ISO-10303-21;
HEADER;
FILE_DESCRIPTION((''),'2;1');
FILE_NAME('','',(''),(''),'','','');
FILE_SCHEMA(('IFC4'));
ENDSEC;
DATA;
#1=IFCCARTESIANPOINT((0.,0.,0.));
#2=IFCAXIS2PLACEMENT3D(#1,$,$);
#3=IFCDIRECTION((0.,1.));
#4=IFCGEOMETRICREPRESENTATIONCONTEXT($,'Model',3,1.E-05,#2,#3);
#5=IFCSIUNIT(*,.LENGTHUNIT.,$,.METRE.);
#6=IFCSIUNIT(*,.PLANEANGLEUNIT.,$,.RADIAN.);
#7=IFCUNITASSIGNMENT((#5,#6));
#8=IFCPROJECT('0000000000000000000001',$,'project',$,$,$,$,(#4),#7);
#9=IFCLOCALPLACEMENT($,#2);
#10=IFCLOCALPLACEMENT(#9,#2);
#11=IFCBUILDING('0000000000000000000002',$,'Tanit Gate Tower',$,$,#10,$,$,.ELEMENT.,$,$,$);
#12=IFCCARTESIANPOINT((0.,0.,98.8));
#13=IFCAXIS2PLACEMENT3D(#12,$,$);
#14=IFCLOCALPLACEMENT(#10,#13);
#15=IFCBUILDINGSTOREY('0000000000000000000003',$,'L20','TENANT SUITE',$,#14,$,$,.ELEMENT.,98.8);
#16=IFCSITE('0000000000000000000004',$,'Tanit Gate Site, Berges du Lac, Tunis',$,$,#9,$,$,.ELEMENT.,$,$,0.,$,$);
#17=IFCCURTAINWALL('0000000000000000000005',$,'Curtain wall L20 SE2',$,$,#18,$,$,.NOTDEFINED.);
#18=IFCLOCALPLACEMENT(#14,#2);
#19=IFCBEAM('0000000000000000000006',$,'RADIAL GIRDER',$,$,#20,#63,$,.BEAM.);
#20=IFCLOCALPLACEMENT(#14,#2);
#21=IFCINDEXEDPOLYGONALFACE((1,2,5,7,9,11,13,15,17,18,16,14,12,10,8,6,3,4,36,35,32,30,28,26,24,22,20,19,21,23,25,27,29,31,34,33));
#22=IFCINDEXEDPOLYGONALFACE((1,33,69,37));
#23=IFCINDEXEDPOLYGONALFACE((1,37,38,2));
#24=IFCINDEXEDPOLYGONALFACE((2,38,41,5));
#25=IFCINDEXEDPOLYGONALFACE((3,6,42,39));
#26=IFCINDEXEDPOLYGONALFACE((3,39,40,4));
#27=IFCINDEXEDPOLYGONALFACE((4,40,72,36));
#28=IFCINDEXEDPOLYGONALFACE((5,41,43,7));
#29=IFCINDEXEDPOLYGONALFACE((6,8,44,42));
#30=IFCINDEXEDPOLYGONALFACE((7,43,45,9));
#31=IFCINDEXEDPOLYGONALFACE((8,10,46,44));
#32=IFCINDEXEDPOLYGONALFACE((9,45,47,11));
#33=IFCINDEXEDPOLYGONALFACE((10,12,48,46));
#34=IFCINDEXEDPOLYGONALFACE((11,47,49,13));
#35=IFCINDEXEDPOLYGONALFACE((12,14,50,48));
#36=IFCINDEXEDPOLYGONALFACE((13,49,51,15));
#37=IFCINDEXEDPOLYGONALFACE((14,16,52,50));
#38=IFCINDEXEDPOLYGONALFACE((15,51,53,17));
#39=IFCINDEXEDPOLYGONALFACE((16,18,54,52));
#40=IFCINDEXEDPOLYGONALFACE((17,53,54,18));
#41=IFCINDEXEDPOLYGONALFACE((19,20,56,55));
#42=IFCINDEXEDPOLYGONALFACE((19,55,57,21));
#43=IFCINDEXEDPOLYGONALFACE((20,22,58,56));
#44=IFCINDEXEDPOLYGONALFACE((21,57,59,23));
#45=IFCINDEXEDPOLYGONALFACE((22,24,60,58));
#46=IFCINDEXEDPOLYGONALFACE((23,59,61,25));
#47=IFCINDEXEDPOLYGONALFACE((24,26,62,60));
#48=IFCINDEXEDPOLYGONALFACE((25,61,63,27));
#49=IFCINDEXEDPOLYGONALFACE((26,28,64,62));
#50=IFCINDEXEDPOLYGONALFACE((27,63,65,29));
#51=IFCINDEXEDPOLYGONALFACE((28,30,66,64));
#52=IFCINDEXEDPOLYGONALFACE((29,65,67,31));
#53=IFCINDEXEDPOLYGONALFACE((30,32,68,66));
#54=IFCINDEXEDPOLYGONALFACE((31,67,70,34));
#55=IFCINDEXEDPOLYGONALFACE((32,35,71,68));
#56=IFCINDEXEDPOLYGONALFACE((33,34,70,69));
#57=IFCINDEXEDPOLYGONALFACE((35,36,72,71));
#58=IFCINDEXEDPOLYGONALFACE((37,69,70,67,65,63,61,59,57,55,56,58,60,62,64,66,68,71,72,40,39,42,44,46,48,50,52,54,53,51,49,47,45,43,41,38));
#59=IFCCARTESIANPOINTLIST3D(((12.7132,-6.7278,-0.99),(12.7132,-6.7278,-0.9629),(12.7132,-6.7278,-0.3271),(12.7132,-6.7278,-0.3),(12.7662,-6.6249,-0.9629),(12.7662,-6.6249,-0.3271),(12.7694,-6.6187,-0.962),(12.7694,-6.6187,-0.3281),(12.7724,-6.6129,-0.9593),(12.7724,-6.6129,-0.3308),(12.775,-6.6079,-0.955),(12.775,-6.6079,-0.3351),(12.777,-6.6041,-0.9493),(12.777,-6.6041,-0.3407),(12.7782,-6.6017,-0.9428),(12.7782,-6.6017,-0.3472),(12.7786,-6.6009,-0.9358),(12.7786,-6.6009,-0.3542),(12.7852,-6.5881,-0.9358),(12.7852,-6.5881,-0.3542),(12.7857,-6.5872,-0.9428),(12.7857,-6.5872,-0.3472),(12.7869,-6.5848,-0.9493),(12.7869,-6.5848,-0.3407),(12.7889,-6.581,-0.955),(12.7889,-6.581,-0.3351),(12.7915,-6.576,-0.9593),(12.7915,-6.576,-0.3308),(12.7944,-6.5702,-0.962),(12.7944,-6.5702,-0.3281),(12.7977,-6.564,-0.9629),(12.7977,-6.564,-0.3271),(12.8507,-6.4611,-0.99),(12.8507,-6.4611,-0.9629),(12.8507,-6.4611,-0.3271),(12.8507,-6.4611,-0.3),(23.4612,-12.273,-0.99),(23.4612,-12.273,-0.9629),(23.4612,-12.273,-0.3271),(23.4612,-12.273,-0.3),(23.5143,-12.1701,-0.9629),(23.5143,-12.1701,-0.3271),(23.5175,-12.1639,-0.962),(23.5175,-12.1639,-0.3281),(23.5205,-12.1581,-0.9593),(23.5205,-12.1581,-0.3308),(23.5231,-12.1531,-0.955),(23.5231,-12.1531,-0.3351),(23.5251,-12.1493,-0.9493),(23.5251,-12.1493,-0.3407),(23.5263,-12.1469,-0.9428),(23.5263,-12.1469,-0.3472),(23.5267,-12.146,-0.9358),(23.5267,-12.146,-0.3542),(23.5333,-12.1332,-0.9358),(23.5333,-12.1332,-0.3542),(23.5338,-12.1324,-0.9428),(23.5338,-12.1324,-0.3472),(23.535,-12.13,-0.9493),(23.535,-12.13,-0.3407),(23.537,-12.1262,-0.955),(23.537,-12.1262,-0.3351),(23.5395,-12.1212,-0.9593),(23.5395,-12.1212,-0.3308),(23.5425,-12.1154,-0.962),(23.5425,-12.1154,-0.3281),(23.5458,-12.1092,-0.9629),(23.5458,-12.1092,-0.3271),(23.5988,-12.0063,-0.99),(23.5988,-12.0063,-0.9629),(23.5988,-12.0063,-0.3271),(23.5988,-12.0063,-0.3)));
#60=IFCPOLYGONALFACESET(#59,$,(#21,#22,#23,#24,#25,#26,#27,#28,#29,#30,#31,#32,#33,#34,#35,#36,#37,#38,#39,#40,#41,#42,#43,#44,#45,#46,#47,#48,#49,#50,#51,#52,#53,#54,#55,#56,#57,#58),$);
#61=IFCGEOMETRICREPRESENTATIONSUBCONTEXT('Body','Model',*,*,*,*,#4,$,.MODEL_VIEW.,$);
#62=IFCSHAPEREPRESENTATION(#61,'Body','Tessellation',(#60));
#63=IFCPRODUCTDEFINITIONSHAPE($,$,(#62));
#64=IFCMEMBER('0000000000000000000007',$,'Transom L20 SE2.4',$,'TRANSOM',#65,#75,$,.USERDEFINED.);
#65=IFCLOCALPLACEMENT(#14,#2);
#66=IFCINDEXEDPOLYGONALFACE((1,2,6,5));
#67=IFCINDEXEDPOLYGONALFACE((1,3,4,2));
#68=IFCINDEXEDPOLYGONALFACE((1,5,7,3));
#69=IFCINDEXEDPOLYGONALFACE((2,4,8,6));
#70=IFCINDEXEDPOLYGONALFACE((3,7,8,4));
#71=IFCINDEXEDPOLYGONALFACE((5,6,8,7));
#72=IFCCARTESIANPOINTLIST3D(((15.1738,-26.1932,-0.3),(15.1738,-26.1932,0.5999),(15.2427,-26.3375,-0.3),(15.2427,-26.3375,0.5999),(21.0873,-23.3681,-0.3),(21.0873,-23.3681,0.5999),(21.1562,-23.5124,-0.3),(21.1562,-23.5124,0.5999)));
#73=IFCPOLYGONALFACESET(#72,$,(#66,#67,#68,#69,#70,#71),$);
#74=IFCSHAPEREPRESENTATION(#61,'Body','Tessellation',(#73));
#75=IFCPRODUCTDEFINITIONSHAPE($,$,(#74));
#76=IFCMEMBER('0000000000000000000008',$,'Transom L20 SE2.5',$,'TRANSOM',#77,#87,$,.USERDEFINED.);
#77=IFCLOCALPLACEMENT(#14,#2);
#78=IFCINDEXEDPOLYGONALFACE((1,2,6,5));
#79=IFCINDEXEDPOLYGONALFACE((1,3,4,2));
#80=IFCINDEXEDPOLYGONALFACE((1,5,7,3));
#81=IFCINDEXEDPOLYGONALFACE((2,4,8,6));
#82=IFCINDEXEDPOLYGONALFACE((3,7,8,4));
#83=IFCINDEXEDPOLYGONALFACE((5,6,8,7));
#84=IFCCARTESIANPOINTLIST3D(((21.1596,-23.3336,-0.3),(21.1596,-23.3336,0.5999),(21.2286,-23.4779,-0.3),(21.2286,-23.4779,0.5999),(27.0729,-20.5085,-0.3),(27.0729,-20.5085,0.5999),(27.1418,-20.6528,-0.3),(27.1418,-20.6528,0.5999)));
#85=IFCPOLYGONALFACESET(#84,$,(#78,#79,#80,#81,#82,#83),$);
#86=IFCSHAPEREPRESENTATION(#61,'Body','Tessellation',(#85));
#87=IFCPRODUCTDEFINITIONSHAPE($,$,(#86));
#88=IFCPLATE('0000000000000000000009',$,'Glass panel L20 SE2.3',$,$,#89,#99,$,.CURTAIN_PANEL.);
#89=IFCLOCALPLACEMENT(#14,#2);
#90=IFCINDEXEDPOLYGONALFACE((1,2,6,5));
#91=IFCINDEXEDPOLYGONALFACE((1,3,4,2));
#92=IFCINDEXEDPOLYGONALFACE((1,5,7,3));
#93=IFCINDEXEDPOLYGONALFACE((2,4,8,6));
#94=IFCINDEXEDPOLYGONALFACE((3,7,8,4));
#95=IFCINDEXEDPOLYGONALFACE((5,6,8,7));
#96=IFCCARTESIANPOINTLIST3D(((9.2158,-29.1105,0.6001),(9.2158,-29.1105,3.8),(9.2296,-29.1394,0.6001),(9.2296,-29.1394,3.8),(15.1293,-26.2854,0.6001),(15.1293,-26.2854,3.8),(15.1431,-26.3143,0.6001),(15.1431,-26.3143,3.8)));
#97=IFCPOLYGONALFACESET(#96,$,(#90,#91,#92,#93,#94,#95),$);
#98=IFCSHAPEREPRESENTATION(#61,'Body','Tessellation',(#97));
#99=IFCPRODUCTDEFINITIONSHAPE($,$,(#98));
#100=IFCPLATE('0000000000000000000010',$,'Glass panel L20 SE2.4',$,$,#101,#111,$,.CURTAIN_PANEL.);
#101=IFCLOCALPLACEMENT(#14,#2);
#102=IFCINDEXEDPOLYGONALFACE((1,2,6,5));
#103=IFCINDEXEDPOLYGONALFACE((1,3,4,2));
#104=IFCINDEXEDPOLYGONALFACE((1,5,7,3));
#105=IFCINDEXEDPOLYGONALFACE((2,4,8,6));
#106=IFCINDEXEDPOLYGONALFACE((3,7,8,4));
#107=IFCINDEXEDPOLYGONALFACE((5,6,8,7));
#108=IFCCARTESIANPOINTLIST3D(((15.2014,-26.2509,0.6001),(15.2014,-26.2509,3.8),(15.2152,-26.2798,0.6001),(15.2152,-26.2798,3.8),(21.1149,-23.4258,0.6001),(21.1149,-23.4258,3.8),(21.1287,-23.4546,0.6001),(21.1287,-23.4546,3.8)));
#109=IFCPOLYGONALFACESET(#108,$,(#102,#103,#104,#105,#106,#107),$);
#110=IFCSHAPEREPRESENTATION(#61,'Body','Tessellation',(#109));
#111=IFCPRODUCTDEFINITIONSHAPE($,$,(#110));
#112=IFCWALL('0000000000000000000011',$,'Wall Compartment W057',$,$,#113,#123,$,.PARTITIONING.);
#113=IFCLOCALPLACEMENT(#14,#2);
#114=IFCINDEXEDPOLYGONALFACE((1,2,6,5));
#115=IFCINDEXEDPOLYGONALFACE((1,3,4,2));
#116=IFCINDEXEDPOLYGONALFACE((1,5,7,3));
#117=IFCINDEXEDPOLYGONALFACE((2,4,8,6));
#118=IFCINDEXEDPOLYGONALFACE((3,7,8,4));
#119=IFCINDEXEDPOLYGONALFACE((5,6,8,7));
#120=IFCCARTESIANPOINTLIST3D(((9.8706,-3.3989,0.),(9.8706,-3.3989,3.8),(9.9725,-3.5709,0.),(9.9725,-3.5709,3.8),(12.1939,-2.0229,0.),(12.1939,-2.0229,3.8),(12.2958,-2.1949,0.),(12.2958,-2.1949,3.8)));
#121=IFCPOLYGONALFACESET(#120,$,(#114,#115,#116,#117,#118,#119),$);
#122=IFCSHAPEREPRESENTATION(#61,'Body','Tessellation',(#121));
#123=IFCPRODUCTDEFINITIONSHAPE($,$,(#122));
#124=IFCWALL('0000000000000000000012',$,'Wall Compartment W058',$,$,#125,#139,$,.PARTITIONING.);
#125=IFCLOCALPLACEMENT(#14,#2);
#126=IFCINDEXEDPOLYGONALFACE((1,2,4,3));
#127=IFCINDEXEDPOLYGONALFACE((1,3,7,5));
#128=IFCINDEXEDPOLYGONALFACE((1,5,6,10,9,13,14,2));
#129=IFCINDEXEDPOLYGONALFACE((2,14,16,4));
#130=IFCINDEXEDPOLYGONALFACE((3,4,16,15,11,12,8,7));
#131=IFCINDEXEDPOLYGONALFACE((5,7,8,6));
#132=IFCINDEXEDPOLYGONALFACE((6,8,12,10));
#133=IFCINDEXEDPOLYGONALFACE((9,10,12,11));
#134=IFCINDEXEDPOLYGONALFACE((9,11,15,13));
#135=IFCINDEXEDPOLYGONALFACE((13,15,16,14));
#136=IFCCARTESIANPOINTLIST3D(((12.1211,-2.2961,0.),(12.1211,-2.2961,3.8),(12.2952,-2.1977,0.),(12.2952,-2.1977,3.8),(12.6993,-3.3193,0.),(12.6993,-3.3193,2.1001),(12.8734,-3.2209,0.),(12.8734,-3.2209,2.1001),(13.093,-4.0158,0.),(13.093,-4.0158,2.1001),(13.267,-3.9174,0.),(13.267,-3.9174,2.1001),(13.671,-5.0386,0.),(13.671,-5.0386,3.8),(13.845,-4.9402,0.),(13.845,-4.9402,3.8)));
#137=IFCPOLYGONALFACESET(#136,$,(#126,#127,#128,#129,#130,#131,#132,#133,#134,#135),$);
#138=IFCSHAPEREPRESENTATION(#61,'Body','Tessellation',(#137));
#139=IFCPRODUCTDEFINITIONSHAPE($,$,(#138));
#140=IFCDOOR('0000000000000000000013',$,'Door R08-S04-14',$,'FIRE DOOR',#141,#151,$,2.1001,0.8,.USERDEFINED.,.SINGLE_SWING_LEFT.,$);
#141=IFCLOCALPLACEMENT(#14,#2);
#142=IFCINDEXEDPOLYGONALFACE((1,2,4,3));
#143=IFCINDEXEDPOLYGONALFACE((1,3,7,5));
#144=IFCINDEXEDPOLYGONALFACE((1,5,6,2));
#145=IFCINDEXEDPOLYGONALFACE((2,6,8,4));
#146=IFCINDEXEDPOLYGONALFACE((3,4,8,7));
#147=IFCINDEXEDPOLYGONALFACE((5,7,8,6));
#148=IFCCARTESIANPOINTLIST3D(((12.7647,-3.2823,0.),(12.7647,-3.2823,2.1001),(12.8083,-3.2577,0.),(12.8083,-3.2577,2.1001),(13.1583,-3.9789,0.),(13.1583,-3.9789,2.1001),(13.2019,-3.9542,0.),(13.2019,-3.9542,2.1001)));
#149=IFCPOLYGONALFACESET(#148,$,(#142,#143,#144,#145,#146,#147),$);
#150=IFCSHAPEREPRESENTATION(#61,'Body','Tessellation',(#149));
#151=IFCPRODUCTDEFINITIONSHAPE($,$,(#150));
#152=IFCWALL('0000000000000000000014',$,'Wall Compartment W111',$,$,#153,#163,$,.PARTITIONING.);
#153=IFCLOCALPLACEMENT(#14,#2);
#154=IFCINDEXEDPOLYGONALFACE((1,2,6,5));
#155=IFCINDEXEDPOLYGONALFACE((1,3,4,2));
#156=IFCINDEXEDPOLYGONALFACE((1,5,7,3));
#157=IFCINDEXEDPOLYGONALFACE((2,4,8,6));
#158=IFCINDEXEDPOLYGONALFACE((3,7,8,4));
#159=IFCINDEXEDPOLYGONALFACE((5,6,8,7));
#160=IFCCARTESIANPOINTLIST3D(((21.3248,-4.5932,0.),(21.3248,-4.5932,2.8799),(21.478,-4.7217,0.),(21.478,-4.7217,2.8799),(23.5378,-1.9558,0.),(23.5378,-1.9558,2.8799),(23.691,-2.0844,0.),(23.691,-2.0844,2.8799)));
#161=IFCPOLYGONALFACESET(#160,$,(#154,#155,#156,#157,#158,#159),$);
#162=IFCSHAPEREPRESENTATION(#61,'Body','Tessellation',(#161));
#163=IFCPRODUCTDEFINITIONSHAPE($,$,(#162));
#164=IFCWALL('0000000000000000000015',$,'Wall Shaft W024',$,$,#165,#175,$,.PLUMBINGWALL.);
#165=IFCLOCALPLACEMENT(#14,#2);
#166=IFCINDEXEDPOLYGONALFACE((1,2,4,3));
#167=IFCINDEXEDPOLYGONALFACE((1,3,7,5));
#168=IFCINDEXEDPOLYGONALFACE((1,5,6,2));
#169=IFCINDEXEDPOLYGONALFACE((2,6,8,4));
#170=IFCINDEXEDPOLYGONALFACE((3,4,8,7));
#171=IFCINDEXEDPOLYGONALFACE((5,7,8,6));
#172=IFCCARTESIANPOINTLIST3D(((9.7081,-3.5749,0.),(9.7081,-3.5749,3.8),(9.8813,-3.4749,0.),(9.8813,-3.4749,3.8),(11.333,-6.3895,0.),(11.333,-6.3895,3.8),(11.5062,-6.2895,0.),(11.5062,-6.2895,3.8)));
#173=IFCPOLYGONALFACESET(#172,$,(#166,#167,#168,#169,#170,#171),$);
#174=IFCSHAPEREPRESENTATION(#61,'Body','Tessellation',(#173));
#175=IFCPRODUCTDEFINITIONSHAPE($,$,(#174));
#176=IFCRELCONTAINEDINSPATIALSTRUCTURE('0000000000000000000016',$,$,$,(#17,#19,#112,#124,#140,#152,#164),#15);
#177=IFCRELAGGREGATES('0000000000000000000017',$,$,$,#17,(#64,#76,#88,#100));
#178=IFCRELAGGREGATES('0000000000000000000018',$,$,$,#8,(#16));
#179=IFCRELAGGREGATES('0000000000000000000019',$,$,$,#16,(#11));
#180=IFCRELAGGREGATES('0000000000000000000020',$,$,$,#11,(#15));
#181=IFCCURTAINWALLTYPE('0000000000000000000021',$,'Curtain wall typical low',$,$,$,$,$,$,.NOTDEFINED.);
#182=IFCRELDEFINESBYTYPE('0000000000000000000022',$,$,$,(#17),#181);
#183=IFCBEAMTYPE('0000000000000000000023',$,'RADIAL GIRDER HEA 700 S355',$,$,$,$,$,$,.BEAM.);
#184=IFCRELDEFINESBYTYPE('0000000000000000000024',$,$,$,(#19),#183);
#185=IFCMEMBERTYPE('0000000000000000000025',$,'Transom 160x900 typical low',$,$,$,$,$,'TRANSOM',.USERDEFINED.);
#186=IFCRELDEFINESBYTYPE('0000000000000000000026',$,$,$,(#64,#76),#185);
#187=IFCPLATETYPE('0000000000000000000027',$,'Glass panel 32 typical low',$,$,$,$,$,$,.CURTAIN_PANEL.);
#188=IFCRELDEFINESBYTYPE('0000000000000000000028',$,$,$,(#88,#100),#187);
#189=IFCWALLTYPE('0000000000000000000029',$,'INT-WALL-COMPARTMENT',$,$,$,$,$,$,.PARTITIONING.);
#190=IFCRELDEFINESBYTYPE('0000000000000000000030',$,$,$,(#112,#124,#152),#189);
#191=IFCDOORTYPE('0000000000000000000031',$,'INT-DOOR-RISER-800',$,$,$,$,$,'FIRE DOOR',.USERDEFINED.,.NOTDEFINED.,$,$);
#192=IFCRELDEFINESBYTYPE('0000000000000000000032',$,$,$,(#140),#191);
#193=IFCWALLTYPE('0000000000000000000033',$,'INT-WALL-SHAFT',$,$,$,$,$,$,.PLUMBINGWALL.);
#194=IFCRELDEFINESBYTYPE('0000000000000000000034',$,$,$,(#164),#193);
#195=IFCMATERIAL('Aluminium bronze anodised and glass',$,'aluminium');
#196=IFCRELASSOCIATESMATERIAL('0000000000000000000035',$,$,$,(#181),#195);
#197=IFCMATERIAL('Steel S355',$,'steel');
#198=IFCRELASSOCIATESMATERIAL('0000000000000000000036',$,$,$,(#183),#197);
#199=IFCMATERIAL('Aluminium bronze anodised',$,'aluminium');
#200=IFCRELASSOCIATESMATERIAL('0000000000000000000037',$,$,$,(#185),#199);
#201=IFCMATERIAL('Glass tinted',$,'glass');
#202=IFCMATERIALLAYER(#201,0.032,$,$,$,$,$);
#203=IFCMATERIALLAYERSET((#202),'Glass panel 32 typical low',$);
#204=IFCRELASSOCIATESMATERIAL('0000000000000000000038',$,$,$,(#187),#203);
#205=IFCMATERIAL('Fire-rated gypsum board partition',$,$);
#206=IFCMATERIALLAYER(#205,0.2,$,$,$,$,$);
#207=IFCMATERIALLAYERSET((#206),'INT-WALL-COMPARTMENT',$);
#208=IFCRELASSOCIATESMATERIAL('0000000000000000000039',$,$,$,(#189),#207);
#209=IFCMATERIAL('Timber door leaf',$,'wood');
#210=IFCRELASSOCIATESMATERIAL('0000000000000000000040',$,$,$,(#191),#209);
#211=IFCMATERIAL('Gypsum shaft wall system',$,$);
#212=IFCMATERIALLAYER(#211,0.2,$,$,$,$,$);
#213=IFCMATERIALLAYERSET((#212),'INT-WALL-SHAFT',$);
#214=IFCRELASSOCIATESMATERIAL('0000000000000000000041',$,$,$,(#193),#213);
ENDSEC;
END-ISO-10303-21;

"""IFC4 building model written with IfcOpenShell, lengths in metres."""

from ifc_helpers import new_model, si_unit, direction, frame, frame_2d, origin, origin_2d, place, context, subcontext, project, spatial, rectangle, i_section, extrude, material, layer, layer_set, material_profile, profile_set, type_object, element, fill, aggregate, save


model = new_model("IFC4")

# Units and contexts
model_context = context("Model", 3, precision=1e-05, world=origin(), true_north=direction((0.0, 1.0)))
body_context = subcontext(model_context, "Body", "Model", "MODEL_VIEW")
ifc_project = project(units=[si_unit("LENGTHUNIT", "METRE"), si_unit("PLANEANGLEUNIT", "RADIAN")], contexts=[model_context])

# Site, building, storey
site_placement = place(None, origin())
site = spatial("IfcSite", under=ifc_project, at=site_placement, Name="Tanit Gate Site, Berges du Lac, Tunis", CompositionType="ELEMENT", RefElevation=0.0)
building_placement = place(site_placement, origin())
building = spatial("IfcBuilding", under=site, at=building_placement, Name="Tanit Gate Tower", CompositionType="ELEMENT")
storey_placement = place(building_placement, frame((0.0, 0.0, 98.8)))
storey = spatial("IfcBuildingStorey", under=building, at=storey_placement, Name="L20", Description="TENANT SUITE", CompositionType="ELEMENT", Elevation=98.8)

# Curtain wall
ifc_material_1 = material(Name="Aluminium bronze anodised and glass", Category="aluminium")
curtain_wall_type = type_object("IfcCurtainWallType", Name="Curtain wall typical low", PredefinedType="NOTDEFINED", material=ifc_material_1)
curtain_wall_placement = place(storey_placement, origin())
curtain_wall = element("IfcCurtainWall", 1, at=curtain_wall_placement, inside=storey, type_object=curtain_wall_type, Name="Curtain wall L20 SE2", PredefinedType="NOTDEFINED")

# Beam
ifc_material_2 = material(Name="Steel S355", Category="steel")
ifc_material_profile_1 = material_profile(ifc_material_2, i_section(OverallWidth=0.3, OverallDepth=0.6899, WebThickness=0.0144, FlangeThickness=0.0271, FilletRadius=0.0271, at=origin_2d()), Name="HEA 700")
ifc_profile_set_1 = profile_set([ifc_material_profile_1], Name="Steel S355")
beam_type = type_object("IfcBeamType", Name="RADIAL GIRDER HEA 700 S355", PredefinedType="BEAM", material=ifc_profile_set_1)
beam_1_placement = place(storey_placement, frame((23.53, -12.1396, -0.645), z_axis=(-0.888695, 0.458498, 0.0), x_axis=(-0.458498, -0.888695, 0.0)))
element("IfcBeam", 2, at=beam_1_placement, inside=storey, type_object=beam_type, Name="RADIAL GIRDER", PredefinedType="BEAM", context=body_context, shape_type="SweptSolid", body=[
    extrude(i_section(OverallWidth=0.3, OverallDepth=0.6899, WebThickness=0.0144, FlangeThickness=0.0271, FilletRadius=0.0271, at=origin_2d()), origin(), (0.0, 0.0, 1.0), 12.0942),
])

# Members
ifc_material_3 = material(Name="Aluminium bronze anodised", Category="aluminium")
ifc_material_profile_2 = material_profile(ifc_material_3, rectangle(XDim=0.1599, YDim=0.8999, at=origin_2d()), Name="160x900 bronze transom")
ifc_profile_set_2 = profile_set([ifc_material_profile_2], Name="Aluminium bronze anodised")
member_type_1 = type_object("IfcMemberType", Name="Transom 160x900 typical low", ElementType="TRANSOM", PredefinedType="USERDEFINED", material=ifc_profile_set_2)
member_1_placement = place(storey_placement, frame((15.2083, -26.2654, 0.1499), z_axis=(0.902314, 0.431078, 0.0), x_axis=(-0.431078, 0.902314, 0.0)))
member_1 = element("IfcMember", 3, at=member_1_placement, type_object=member_type_1, Name="Transom L20 SE2.4", ObjectType="TRANSOM", PredefinedType="USERDEFINED", context=body_context, shape_type="SweptSolid", body=[
    extrude(rectangle(XDim=0.1599, YDim=0.8999, at=origin_2d()), origin(), (0.0, 0.0, 1.0), 6.5537),
])
member_2_placement = place(storey_placement, frame((21.1941, -23.4058, 0.1499), z_axis=(0.902308, 0.431093, 0.0), x_axis=(-0.431093, 0.902308, 0.0)))
member_2 = element("IfcMember", 4, at=member_2_placement, type_object=member_type_1, Name="Transom L20 SE2.5", ObjectType="TRANSOM", PredefinedType="USERDEFINED", context=body_context, shape_type="SweptSolid", body=[
    extrude(rectangle(XDim=0.1599, YDim=0.8999, at=origin_2d()), origin(), (0.0, 0.0, 1.0), 6.5535),
])

# Plates
ifc_material_4 = material(Name="Glass tinted", Category="glass")
ifc_layer_1 = layer(ifc_material_4, 0.032)
ifc_layer_set_1 = layer_set([ifc_layer_1], Name="Glass panel 32 typical low")
plate_type = type_object("IfcPlateType", Name="Glass panel 32 typical low", PredefinedType="CURTAIN_PANEL", material=ifc_layer_set_1)
plate_1_placement = place(storey_placement, frame((12.1794, -27.7124, 0.6001), z_axis=(0.0, 0.0, 1.0), x_axis=(0.902317, 0.431073, 0.0)))
plate_1 = element("IfcPlate", 5, at=plate_1_placement, type_object=plate_type, Name="Glass panel L20 SE2.3", PredefinedType="CURTAIN_PANEL", context=body_context, shape_type="SweptSolid", body=[
    extrude(rectangle(XDim=6.5537, YDim=0.032, at=origin_2d()), origin(), (0.0, 0.0, 1.0), 3.2),
])
plate_2_placement = place(storey_placement, frame((18.165, -24.8528, 0.6001), z_axis=(0.0, 0.0, 1.0), x_axis=(0.902317, 0.431073, 0.0)))
plate_2 = element("IfcPlate", 6, at=plate_2_placement, type_object=plate_type, Name="Glass panel L20 SE2.4", PredefinedType="CURTAIN_PANEL", context=body_context, shape_type="SweptSolid", body=[
    extrude(rectangle(XDim=6.5537, YDim=0.032, at=origin_2d()), origin(), (0.0, 0.0, 1.0), 3.2),
])
aggregate(curtain_wall, [member_1, member_2, plate_1, plate_2])

# Wall
ifc_material_5 = material(Name="Fire-rated gypsum board partition")
ifc_layer_2 = layer(ifc_material_5, 0.2)
ifc_layer_set_2 = layer_set([ifc_layer_2], Name="INT-WALL-COMPARTMENT")
wall_type_1 = type_object("IfcWallType", Name="INT-WALL-COMPARTMENT", PredefinedType="PARTITIONING", material=ifc_layer_set_2)
wall_1_placement = place(storey_placement, frame((12.2449, -2.1089, 0.0), z_axis=(0.0, 0.0, 1.0), x_axis=(-0.860415, -0.509594, 0.0)))
element("IfcWall", 7, at=wall_1_placement, inside=storey, type_object=wall_type_1, Name="Wall Compartment W057", PredefinedType="PARTITIONING", context=body_context, shape_type="SweptSolid", body=[
    extrude(rectangle(XDim=2.7002, YDim=0.2, at=frame_2d((1.3501, 0.0))), origin(), (0.0, 0.0, 1.0), 3.8),
])

# Wall, opening, door
wall_2_placement = place(storey_placement, frame((13.7581, -4.9895, 0.0), z_axis=(0.0, 0.0, 1.0), x_axis=(-0.491993, 0.870599, 0.0)))
wall_2 = element("IfcWall", 8, at=wall_2_placement, inside=storey, type_object=wall_type_1, Name="Wall Compartment W058", PredefinedType="PARTITIONING", context=body_context, shape_type="SweptSolid", body=[
    extrude(rectangle(XDim=3.1501, YDim=0.2, at=frame_2d((1.5752, 0.0))), origin(), (0.0, 0.0, 1.0), 3.8),
])
opening_1_placement = place(wall_2_placement, frame((1.175, 0.0, 0.0)))
opening_1 = element("IfcOpeningElement", 9, at=opening_1_placement, cuts=wall_2, PredefinedType="OPENING", context=body_context, shape_type="SweptSolid", body=[
    extrude(rectangle(XDim=0.8, YDim=2.1001, at=frame_2d((0.3999, 1.05))), frame((0.0, 0.1099, 0.0), z_axis=(0.0, -1.0, 0.0), x_axis=(1.0, 0.0, 0.0)), (0.0, 0.0, 1.0), 0.22),
])
ifc_material_6 = material(Name="Timber door leaf", Category="wood")
door_type_1 = type_object("IfcDoorType", Name="INT-DOOR-RISER-800", ElementType="FIRE DOOR", OperationType="NOTDEFINED", PredefinedType="USERDEFINED", material=ifc_material_6)
door_1_placement = place(opening_1_placement, origin())
door_1 = element("IfcDoor", 10, at=door_1_placement, inside=storey, type_object=door_type_1, Name="Door R08-S04-14", ObjectType="FIRE DOOR", OperationType="SINGLE_SWING_LEFT", OverallHeight=2.1001, OverallWidth=0.8, PredefinedType="USERDEFINED", context=body_context, shape_type="SweptSolid", body=[
    extrude(rectangle(XDim=0.8, YDim=2.1001, at=frame_2d((0.3999, 1.05))), frame((0.0, 0.0249, 0.0), z_axis=(0.0, -1.0, 0.0), x_axis=(1.0, 0.0, 0.0)), (0.0, 0.0, 1.0), 0.05),
])
fill(opening_1, door_1)

# Walls
wall_3_placement = place(storey_placement, frame((21.4014, -4.6575, 0.0), z_axis=(0.0, 0.0, 1.0), x_axis=(0.642796, 0.766037, 0.0)))
element("IfcWall", 11, at=wall_3_placement, inside=storey, type_object=wall_type_1, Name="Wall Compartment W111", PredefinedType="PARTITIONING", context=body_context, shape_type="SweptSolid", body=[
    extrude(rectangle(XDim=3.4429, YDim=0.2, at=frame_2d((1.7214, 0.0))), origin(), (0.0, 0.0, 1.0), 2.8799),
])
ifc_material_7 = material(Name="Gypsum shaft wall system")
ifc_layer_3 = layer(ifc_material_7, 0.2)
ifc_layer_set_3 = layer_set([ifc_layer_3], Name="INT-WALL-SHAFT")
wall_type_2 = type_object("IfcWallType", Name="INT-WALL-SHAFT", PredefinedType="PLUMBINGWALL", material=ifc_layer_set_3)
wall_4_placement = place(storey_placement, frame((9.7947, -3.5249, 0.0), z_axis=(0.0, 0.0, 1.0), x_axis=(0.499985, -0.866034, 0.0)))
element("IfcWall", 12, at=wall_4_placement, inside=storey, type_object=wall_type_2, Name="Wall Shaft W024", PredefinedType="PLUMBINGWALL", context=body_context, shape_type="SweptSolid", body=[
    extrude(rectangle(XDim=3.25, YDim=0.2, at=frame_2d((1.625, 0.0))), origin(), (0.0, 0.0, 1.0), 3.8),
])

save(model, "model.ifc")
